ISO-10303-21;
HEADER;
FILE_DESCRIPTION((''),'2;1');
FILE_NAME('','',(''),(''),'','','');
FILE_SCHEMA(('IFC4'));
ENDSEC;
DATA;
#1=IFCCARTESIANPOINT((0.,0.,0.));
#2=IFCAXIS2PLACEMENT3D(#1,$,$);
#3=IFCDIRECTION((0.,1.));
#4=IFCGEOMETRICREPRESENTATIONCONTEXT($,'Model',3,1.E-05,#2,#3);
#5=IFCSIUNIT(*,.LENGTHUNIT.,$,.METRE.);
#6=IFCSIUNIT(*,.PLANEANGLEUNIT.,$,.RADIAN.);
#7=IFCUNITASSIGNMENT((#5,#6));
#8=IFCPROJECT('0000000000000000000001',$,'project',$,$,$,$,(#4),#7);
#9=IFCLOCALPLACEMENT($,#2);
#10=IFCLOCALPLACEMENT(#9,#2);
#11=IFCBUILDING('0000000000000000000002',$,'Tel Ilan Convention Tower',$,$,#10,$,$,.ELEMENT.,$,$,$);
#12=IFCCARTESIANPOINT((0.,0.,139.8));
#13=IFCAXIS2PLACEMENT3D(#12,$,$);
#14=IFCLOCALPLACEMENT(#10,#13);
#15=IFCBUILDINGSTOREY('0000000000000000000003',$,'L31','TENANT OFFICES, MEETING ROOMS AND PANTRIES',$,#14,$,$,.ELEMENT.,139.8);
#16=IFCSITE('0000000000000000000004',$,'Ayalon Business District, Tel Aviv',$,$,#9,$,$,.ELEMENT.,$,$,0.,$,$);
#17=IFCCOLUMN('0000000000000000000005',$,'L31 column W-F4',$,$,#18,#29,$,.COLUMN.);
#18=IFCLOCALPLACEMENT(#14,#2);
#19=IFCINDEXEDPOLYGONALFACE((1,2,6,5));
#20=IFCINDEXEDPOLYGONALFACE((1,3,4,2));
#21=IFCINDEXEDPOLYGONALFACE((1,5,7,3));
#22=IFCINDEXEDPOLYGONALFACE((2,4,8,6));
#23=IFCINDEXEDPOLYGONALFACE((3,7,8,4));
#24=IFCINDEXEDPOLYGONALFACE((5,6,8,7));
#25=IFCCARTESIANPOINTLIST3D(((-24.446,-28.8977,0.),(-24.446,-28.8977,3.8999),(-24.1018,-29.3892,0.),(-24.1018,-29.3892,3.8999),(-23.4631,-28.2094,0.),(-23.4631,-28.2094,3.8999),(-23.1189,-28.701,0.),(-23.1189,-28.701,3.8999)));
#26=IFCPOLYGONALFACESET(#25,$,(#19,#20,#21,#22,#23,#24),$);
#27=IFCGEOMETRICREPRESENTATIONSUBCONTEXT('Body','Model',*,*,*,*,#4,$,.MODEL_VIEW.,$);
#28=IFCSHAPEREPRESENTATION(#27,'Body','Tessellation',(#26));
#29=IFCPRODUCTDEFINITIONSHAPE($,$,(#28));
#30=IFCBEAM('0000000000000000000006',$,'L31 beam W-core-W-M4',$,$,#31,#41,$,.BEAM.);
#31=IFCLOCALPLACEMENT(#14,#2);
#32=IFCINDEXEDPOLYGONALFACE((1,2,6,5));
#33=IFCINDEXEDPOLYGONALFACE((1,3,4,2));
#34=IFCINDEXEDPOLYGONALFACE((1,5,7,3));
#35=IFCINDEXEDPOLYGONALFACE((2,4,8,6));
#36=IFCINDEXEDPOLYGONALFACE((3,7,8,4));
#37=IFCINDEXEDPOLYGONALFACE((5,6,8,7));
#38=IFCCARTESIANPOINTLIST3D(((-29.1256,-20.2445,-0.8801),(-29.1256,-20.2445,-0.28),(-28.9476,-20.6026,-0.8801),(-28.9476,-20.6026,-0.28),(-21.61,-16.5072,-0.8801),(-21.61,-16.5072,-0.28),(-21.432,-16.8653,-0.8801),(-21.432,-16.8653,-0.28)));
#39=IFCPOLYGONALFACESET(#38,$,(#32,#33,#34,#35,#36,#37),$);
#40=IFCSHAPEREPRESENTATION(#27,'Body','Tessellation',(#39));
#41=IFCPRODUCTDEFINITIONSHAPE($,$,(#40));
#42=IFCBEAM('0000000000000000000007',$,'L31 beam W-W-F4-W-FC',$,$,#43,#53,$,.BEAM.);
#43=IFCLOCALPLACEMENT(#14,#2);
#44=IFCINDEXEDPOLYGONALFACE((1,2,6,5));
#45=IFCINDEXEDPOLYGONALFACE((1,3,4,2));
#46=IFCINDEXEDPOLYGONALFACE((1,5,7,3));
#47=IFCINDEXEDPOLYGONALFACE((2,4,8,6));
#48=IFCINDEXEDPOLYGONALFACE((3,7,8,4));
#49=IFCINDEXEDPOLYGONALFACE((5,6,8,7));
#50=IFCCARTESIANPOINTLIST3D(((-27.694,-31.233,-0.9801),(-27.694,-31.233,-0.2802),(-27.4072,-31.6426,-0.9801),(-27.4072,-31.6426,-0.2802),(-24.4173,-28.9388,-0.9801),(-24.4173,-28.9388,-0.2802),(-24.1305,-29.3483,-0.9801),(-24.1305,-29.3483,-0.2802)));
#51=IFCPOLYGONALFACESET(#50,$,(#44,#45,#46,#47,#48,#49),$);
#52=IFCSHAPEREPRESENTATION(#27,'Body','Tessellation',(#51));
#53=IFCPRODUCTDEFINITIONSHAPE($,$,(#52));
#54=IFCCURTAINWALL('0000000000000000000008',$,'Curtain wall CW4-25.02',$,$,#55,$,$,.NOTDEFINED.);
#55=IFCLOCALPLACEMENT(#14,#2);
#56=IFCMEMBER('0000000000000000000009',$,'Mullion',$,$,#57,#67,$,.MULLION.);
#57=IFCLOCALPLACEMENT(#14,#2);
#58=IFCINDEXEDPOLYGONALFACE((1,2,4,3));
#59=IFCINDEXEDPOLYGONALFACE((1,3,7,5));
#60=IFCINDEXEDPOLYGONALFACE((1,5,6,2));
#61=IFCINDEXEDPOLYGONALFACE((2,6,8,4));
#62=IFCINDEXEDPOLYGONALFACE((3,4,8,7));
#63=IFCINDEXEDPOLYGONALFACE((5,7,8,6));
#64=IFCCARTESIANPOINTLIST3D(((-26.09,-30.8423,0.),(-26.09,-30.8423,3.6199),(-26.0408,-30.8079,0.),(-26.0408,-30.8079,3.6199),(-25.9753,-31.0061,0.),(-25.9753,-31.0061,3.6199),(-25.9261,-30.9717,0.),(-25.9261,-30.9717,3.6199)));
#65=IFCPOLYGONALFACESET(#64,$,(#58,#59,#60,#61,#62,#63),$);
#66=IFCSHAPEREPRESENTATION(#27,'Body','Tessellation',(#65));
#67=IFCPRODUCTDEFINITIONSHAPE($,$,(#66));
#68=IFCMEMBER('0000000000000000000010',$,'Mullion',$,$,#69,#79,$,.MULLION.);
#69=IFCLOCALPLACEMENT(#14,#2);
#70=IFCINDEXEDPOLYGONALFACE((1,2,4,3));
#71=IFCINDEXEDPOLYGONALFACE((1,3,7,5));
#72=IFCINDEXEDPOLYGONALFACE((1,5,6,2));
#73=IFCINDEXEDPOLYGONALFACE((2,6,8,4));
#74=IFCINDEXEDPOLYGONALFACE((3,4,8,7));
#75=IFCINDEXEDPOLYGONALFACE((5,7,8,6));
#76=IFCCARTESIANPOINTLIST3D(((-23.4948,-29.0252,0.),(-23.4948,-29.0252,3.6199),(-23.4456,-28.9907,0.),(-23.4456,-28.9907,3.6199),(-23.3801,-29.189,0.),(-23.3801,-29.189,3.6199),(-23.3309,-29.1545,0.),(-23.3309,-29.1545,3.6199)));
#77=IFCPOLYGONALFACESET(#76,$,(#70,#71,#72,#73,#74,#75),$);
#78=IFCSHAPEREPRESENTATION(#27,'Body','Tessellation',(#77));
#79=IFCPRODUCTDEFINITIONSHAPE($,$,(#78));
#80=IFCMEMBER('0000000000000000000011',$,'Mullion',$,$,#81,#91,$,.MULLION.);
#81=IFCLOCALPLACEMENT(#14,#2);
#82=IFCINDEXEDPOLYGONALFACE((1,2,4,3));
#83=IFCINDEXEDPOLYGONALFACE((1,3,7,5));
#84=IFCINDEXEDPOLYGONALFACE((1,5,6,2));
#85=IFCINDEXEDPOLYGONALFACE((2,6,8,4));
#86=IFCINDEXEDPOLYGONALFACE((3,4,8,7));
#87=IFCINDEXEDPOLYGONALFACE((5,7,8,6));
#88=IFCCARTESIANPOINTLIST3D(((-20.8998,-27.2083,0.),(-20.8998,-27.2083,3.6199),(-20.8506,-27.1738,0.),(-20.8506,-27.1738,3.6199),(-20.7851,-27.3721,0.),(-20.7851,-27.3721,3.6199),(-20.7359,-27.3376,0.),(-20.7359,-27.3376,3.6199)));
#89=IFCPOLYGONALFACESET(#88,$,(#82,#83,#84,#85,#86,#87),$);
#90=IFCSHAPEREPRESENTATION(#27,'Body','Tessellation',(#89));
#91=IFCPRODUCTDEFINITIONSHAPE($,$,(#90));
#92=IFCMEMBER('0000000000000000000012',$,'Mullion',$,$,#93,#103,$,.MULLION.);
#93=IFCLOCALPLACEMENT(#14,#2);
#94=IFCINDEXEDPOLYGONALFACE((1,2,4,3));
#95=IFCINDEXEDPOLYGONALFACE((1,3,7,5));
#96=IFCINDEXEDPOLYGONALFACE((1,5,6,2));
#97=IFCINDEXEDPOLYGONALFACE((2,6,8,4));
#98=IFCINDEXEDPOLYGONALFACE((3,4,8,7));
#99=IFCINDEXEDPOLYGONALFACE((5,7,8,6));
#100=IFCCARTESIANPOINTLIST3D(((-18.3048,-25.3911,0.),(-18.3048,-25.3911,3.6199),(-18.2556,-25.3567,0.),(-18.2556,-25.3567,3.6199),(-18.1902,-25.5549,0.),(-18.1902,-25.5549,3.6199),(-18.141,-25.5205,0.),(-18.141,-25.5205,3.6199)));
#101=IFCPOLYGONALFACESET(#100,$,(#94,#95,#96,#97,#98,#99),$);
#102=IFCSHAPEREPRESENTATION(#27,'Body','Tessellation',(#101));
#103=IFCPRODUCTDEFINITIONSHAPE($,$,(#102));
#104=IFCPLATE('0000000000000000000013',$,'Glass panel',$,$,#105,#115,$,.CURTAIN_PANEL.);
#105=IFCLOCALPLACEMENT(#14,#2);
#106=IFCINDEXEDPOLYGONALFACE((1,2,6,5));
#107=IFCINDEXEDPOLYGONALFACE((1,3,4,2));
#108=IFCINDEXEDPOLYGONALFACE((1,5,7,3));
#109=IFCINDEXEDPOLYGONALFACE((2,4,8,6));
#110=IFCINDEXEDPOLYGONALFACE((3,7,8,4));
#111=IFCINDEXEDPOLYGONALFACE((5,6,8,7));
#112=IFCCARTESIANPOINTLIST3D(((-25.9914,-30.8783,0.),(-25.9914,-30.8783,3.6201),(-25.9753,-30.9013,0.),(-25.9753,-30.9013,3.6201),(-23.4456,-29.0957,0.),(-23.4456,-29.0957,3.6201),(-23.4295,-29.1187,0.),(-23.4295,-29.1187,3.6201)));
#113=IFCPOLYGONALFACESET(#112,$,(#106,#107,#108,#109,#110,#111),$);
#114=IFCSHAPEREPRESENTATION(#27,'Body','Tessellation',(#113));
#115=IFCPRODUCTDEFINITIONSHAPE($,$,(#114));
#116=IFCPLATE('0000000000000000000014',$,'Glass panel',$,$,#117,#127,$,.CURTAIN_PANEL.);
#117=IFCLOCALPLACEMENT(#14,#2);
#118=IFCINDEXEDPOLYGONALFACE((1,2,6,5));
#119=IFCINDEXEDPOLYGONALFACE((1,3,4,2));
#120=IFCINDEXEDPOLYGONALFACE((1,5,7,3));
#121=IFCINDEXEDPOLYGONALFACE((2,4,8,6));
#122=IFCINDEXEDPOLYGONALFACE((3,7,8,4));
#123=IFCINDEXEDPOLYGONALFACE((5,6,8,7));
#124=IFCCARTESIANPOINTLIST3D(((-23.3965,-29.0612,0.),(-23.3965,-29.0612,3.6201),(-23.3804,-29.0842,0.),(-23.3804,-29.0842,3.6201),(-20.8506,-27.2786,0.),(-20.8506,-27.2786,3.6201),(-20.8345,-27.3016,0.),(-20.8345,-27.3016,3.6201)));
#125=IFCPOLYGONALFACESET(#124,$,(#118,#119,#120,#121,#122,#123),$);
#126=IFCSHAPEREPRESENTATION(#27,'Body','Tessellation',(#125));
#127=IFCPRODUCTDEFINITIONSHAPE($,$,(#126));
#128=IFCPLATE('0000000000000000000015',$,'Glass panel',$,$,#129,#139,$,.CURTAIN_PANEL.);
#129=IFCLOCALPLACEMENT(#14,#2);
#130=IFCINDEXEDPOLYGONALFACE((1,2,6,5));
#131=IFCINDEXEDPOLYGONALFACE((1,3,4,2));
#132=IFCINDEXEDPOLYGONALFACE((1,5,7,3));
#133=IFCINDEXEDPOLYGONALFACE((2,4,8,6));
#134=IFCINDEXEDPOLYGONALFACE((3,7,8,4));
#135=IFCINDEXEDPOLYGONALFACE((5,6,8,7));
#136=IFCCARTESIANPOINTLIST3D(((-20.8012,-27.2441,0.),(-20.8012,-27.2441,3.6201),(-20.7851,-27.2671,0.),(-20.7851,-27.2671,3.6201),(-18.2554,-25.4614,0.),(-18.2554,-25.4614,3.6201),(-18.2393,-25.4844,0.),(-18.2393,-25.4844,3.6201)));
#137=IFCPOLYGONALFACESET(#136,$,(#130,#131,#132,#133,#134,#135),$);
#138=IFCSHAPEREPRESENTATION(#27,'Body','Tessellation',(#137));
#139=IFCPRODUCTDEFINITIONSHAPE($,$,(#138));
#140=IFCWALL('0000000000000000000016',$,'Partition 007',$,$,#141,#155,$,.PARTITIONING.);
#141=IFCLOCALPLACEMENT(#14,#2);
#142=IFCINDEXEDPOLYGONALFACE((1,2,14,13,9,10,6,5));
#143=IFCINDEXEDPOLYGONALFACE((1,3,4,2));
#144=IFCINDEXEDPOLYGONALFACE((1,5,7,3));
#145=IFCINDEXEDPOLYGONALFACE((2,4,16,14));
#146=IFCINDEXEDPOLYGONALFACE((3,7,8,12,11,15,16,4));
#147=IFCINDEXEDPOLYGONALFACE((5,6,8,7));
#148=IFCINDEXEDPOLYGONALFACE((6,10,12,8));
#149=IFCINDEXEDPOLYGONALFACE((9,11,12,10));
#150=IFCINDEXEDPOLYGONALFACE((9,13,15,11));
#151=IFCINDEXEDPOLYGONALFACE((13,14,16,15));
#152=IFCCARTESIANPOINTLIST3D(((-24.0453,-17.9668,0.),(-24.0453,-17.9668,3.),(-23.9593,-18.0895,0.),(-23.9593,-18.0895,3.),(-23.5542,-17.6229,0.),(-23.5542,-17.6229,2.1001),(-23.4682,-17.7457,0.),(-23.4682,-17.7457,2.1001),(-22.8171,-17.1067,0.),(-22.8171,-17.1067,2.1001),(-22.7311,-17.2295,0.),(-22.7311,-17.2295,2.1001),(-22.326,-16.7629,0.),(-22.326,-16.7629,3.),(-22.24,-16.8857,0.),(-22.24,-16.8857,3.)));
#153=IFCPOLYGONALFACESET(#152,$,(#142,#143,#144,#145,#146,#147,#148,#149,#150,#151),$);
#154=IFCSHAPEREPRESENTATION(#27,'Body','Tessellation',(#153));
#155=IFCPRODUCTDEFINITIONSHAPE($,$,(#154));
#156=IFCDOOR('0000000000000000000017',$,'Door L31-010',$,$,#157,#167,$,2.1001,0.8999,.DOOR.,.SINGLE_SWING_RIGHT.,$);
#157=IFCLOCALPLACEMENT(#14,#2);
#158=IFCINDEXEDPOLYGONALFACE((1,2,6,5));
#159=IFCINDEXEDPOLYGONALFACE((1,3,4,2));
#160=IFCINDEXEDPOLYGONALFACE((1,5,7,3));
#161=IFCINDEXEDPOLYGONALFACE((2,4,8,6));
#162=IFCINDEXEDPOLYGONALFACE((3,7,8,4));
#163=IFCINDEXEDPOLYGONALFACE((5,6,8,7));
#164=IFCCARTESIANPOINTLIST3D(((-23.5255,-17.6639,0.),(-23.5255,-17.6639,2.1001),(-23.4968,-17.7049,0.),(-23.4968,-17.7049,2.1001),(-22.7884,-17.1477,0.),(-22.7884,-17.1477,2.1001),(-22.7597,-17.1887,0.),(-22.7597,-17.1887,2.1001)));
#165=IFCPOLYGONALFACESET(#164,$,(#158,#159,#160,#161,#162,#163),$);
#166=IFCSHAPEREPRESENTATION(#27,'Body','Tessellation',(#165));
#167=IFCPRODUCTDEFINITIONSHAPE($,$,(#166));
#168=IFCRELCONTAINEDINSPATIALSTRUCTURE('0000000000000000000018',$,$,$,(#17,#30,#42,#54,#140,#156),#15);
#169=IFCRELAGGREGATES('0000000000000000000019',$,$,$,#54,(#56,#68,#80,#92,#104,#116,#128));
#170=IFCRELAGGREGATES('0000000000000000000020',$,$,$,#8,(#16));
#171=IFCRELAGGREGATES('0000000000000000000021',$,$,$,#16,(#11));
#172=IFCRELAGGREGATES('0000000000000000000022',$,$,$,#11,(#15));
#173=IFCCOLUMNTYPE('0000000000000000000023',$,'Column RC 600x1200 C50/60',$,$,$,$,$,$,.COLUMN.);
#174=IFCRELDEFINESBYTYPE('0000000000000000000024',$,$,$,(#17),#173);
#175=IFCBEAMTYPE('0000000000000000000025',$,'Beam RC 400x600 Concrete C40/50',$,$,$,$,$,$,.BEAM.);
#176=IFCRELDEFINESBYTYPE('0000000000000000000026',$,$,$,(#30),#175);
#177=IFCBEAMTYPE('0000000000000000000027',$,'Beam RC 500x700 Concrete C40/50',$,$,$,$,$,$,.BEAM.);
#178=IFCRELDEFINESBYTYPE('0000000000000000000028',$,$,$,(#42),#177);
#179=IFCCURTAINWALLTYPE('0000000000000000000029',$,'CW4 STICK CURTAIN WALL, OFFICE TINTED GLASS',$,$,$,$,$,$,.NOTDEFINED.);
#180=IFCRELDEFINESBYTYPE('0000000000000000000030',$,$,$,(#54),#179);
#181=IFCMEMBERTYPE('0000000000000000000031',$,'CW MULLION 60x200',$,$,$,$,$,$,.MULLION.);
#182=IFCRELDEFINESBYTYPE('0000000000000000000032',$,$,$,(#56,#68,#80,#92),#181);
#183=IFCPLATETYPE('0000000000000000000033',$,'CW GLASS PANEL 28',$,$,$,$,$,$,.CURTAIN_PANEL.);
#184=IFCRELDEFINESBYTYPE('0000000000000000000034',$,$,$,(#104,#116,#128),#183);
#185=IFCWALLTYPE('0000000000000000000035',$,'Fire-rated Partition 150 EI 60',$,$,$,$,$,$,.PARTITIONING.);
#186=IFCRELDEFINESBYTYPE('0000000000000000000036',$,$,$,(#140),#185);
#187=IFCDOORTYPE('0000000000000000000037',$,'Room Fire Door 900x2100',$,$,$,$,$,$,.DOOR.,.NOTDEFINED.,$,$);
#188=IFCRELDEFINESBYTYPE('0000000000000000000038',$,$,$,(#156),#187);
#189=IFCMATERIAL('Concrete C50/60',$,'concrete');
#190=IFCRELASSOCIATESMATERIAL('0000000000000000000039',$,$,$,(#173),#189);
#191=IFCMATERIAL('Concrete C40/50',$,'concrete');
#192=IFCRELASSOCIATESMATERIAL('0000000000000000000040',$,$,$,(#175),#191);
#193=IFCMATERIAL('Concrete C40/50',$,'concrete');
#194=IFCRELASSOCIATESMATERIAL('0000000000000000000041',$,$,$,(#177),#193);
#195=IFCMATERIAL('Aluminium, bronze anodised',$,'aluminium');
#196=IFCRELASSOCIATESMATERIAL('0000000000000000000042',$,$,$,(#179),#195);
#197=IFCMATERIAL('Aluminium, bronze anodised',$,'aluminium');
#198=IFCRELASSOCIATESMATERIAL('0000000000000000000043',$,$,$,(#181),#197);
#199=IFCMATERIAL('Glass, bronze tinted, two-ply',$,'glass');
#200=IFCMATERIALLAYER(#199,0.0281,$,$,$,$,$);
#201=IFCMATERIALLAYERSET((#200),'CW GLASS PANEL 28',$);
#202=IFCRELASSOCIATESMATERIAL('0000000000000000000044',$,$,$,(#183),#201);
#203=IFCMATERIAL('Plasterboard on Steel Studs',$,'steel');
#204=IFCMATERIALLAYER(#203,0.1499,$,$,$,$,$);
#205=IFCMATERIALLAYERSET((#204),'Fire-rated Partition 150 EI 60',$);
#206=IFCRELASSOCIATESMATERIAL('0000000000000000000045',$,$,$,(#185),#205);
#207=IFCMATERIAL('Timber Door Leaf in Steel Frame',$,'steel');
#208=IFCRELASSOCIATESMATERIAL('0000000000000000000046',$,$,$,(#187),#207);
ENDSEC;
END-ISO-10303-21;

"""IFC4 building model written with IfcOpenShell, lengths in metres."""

from ifc_helpers import new_model, si_unit, direction, frame, frame_2d, origin, origin_2d, place, context, subcontext, project, spatial, rectangle, extrude, material, layer, layer_set, material_profile, profile_set, type_object, element, fill, aggregate, save


model = new_model("IFC4")

# Units and contexts
model_context = context("Model", 3, precision=1e-05, world=origin(), true_north=direction((0.0, 1.0)))
body_context = subcontext(model_context, "Body", "Model", "MODEL_VIEW")
ifc_project = project(units=[si_unit("LENGTHUNIT", "METRE"), si_unit("PLANEANGLEUNIT", "RADIAN")], contexts=[model_context])

# Site, building, storey
site_placement = place(None, origin())
site = spatial("IfcSite", under=ifc_project, at=site_placement, Name="Ayalon Business District, Tel Aviv", CompositionType="ELEMENT", RefElevation=0.0)
building_placement = place(site_placement, origin())
building = spatial("IfcBuilding", under=site, at=building_placement, Name="Tel Ilan Convention Tower", CompositionType="ELEMENT")
storey_placement = place(building_placement, frame((0.0, 0.0, 139.8)))
storey = spatial("IfcBuildingStorey", under=building, at=storey_placement, Name="L31", Description="TENANT OFFICES, MEETING ROOMS AND PANTRIES", CompositionType="ELEMENT", Elevation=139.8)

# Column
ifc_material_1 = material(Name="Concrete C50/60", Category="concrete")
ifc_material_profile_1 = material_profile(ifc_material_1, rectangle(XDim=1.2, YDim=0.6001, at=origin_2d()), Name="RC 600x1200")
ifc_profile_set_1 = profile_set([ifc_material_profile_1], Name="Concrete C50/60")
column_type = type_object("IfcColumnType", Name="Column RC 600x1200 C50/60", PredefinedType="COLUMN", material=ifc_profile_set_1)
column_placement = place(storey_placement, frame((-23.7825, -28.7993, 0.0), z_axis=(0.0, 0.0, 1.0), x_axis=(-0.819152, -0.573576, 0.0)))
element("IfcColumn", 1, at=column_placement, inside=storey, type_object=column_type, Name="L31 column W-F4", PredefinedType="COLUMN", context=body_context, shape_type="SweptSolid", body=[
    extrude(rectangle(XDim=1.2, YDim=0.6001, at=origin_2d()), origin(), (0.0, 0.0, 1.0), 3.8999),
])

# Beams
ifc_material_2 = material(Name="Concrete C40/50", Category="concrete")
ifc_material_profile_2 = material_profile(ifc_material_2, rectangle(XDim=0.3999, YDim=0.6001, at=origin_2d()), Name="RC 400x600")
ifc_profile_set_2 = profile_set([ifc_material_profile_2], Name="Concrete C40/50")
beam_type_1 = type_object("IfcBeamType", Name="Beam RC 400x600 Concrete C40/50", PredefinedType="BEAM", material=ifc_profile_set_2)
beam_1_placement = place(storey_placement, frame((-21.521, -16.6863, -0.5801), z_axis=(-0.895402, -0.445258, 0.0), x_axis=(0.445258, -0.895402, 0.0)))
element("IfcBeam", 2, at=beam_1_placement, inside=storey, type_object=beam_type_1, Name="L31 beam W-core-W-M4", PredefinedType="BEAM", context=body_context, shape_type="SweptSolid", body=[
    extrude(rectangle(XDim=0.3999, YDim=0.6001, at=origin_2d()), origin(), (0.0, 0.0, 1.0), 8.3936),
])
ifc_material_3 = material(Name="Concrete C40/50", Category="concrete")
ifc_material_profile_3 = material_profile(ifc_material_3, rectangle(XDim=0.5, YDim=0.7, at=origin_2d()), Name="RC 500x700")
ifc_profile_set_3 = profile_set([ifc_material_profile_3], Name="Concrete C40/50")
beam_type_2 = type_object("IfcBeamType", Name="Beam RC 500x700 Concrete C40/50", PredefinedType="BEAM", material=ifc_profile_set_3)
beam_2_placement = place(storey_placement, frame((-24.2739, -29.1436, -0.6301), z_axis=(-0.819166, -0.573557, 0.0), x_axis=(0.573557, -0.819166, 0.0)))
element("IfcBeam", 3, at=beam_2_placement, inside=storey, type_object=beam_type_2, Name="L31 beam W-W-F4-W-FC", PredefinedType="BEAM", context=body_context, shape_type="SweptSolid", body=[
    extrude(rectangle(XDim=0.5, YDim=0.7, at=origin_2d()), origin(), (0.0, 0.0, 1.0), 4.0),
])

# Curtain wall, members, plates
ifc_material_4 = material(Name="Aluminium, bronze anodised", Category="aluminium")
curtain_wall_type = type_object("IfcCurtainWallType", Name="CW4 STICK CURTAIN WALL, OFFICE TINTED GLASS", PredefinedType="NOTDEFINED", material=ifc_material_4)
curtain_wall_placement = place(storey_placement, origin())
curtain_wall = element("IfcCurtainWall", 4, at=curtain_wall_placement, inside=storey, type_object=curtain_wall_type, Name="Curtain wall CW4-25.02", PredefinedType="NOTDEFINED")
ifc_material_5 = material(Name="Aluminium, bronze anodised", Category="aluminium")
ifc_material_profile_4 = material_profile(ifc_material_5, rectangle(XDim=0.0601, YDim=0.2, at=origin_2d()), Name="CW MULLION 60x200")
ifc_profile_set_4 = profile_set([ifc_material_profile_4], Name="Aluminium, bronze anodised")
member_type = type_object("IfcMemberType", Name="CW MULLION 60x200", PredefinedType="MULLION", material=ifc_profile_set_4)
member_1_placement = place(storey_placement, frame((-26.0081, -30.907, 0.0), z_axis=(0.0, 0.0, 1.0), x_axis=(0.819152, 0.573576, 0.0)))
member_1 = element("IfcMember", 5, at=member_1_placement, type_object=member_type, Name="Mullion", PredefinedType="MULLION", context=body_context, shape_type="SweptSolid", body=[
    extrude(rectangle(XDim=0.0601, YDim=0.2, at=origin_2d()), origin(), (0.0, 0.0, 1.0), 3.6199),
])
member_2_placement = place(storey_placement, frame((-23.4128, -29.0898, 0.0), z_axis=(0.0, 0.0, 1.0), x_axis=(0.819152, 0.573576, 0.0)))
member_2 = element("IfcMember", 6, at=member_2_placement, type_object=member_type, Name="Mullion", PredefinedType="MULLION", context=body_context, shape_type="SweptSolid", body=[
    extrude(rectangle(XDim=0.0601, YDim=0.2, at=origin_2d()), origin(), (0.0, 0.0, 1.0), 3.6199),
])
member_3_placement = place(storey_placement, frame((-20.8179, -27.2729, 0.0), z_axis=(0.0, 0.0, 1.0), x_axis=(0.819152, 0.573576, 0.0)))
member_3 = element("IfcMember", 7, at=member_3_placement, type_object=member_type, Name="Mullion", PredefinedType="MULLION", context=body_context, shape_type="SweptSolid", body=[
    extrude(rectangle(XDim=0.0601, YDim=0.2, at=origin_2d()), origin(), (0.0, 0.0, 1.0), 3.6199),
])
member_4_placement = place(storey_placement, frame((-18.2229, -25.4558, 0.0), z_axis=(0.0, 0.0, 1.0), x_axis=(0.819152, 0.573576, 0.0)))
member_4 = element("IfcMember", 8, at=member_4_placement, type_object=member_type, Name="Mullion", PredefinedType="MULLION", context=body_context, shape_type="SweptSolid", body=[
    extrude(rectangle(XDim=0.0601, YDim=0.2, at=origin_2d()), origin(), (0.0, 0.0, 1.0), 3.6199),
])
ifc_material_6 = material(Name="Glass, bronze tinted, two-ply", Category="glass")
ifc_layer_1 = layer(ifc_material_6, 0.0281)
ifc_layer_set_1 = layer_set([ifc_layer_1], Name="CW GLASS PANEL 28")
plate_type = type_object("IfcPlateType", Name="CW GLASS PANEL 28", PredefinedType="CURTAIN_PANEL", material=ifc_layer_set_1)
plate_1_placement = place(storey_placement, frame((-24.7104, -29.9985, 0.0), z_axis=(0.0, 0.0, 1.0), x_axis=(0.819152, 0.573576, 0.0)))
plate_1 = element("IfcPlate", 9, at=plate_1_placement, type_object=plate_type, Name="Glass panel", PredefinedType="CURTAIN_PANEL", context=body_context, shape_type="SweptSolid", body=[
    extrude(rectangle(XDim=3.1079, YDim=0.0281, at=origin_2d()), origin(), (0.0, 0.0, 1.0), 3.6201),
])
plate_2_placement = place(storey_placement, frame((-22.1155, -28.1814, 0.0), z_axis=(0.0, 0.0, 1.0), x_axis=(0.819152, 0.573576, 0.0)))
plate_2 = element("IfcPlate", 10, at=plate_2_placement, type_object=plate_type, Name="Glass panel", PredefinedType="CURTAIN_PANEL", context=body_context, shape_type="SweptSolid", body=[
    extrude(rectangle(XDim=3.1079, YDim=0.0281, at=origin_2d()), origin(), (0.0, 0.0, 1.0), 3.6201),
])
plate_3_placement = place(storey_placement, frame((-19.5203, -26.3643, 0.0), z_axis=(0.0, 0.0, 1.0), x_axis=(0.819152, 0.573576, 0.0)))
plate_3 = element("IfcPlate", 11, at=plate_3_placement, type_object=plate_type, Name="Glass panel", PredefinedType="CURTAIN_PANEL", context=body_context, shape_type="SweptSolid", body=[
    extrude(rectangle(XDim=3.1079, YDim=0.0281, at=origin_2d()), origin(), (0.0, 0.0, 1.0), 3.6201),
])
aggregate(curtain_wall, [member_1, member_2, member_3, member_4, plate_1, plate_2, plate_3])

# Wall, opening, door
ifc_material_7 = material(Name="Plasterboard on Steel Studs", Category="steel")
ifc_layer_2 = layer(ifc_material_7, 0.1499)
ifc_layer_set_2 = layer_set([ifc_layer_2], Name="Fire-rated Partition 150 EI 60")
wall_type_1 = type_object("IfcWallType", Name="Fire-rated Partition 150 EI 60", PredefinedType="PARTITIONING", material=ifc_layer_set_2)
wall_1_placement = place(storey_placement, frame((-24.0022, -18.0281, 0.0), z_axis=(0.0, 0.0, 1.0), x_axis=(0.819144, 0.573587, 0.0)))
wall_1 = element("IfcWall", 12, at=wall_1_placement, inside=storey, type_object=wall_type_1, Name="Partition 007", PredefinedType="PARTITIONING", context=body_context, shape_type="SweptSolid", body=[
    extrude(rectangle(XDim=2.0989, YDim=0.1499, at=frame_2d((1.0493, 0.0))), origin(), (0.0, 0.0, 1.0), 3.0),
])
opening_1_placement = place(wall_1_placement, frame((0.5994, 0.0, 0.0)))
opening_1 = element("IfcOpeningElement", 13, at=opening_1_placement, cuts=wall_1, PredefinedType="OPENING", context=body_context, shape_type="SweptSolid", body=[
    extrude(rectangle(XDim=0.8999, YDim=2.1001, at=frame_2d((0.45, 1.05))), frame((0.0, 0.085, 0.0), z_axis=(0.0, -1.0, 0.0), x_axis=(1.0, 0.0, 0.0)), (0.0, 0.0, 1.0), 0.1699),
])
ifc_material_8 = material(Name="Timber Door Leaf in Steel Frame", Category="steel")
door_type_1 = type_object("IfcDoorType", Name="Room Fire Door 900x2100", OperationType="NOTDEFINED", PredefinedType="DOOR", material=ifc_material_8)
door_1_placement = place(opening_1_placement, origin())
door_1 = element("IfcDoor", 14, at=door_1_placement, inside=storey, type_object=door_type_1, Name="Door L31-010", OperationType="SINGLE_SWING_RIGHT", OverallHeight=2.1001, OverallWidth=0.8999, PredefinedType="DOOR", context=body_context, shape_type="SweptSolid", body=[
    extrude(rectangle(XDim=0.8999, YDim=2.1001, at=frame_2d((0.45, 1.05))), frame((0.0, 0.0249, 0.0), z_axis=(0.0, -1.0, 0.0), x_axis=(1.0, 0.0, 0.0)), (0.0, 0.0, 1.0), 0.05),
])
fill(opening_1, door_1)

save(model, "model.ifc")
